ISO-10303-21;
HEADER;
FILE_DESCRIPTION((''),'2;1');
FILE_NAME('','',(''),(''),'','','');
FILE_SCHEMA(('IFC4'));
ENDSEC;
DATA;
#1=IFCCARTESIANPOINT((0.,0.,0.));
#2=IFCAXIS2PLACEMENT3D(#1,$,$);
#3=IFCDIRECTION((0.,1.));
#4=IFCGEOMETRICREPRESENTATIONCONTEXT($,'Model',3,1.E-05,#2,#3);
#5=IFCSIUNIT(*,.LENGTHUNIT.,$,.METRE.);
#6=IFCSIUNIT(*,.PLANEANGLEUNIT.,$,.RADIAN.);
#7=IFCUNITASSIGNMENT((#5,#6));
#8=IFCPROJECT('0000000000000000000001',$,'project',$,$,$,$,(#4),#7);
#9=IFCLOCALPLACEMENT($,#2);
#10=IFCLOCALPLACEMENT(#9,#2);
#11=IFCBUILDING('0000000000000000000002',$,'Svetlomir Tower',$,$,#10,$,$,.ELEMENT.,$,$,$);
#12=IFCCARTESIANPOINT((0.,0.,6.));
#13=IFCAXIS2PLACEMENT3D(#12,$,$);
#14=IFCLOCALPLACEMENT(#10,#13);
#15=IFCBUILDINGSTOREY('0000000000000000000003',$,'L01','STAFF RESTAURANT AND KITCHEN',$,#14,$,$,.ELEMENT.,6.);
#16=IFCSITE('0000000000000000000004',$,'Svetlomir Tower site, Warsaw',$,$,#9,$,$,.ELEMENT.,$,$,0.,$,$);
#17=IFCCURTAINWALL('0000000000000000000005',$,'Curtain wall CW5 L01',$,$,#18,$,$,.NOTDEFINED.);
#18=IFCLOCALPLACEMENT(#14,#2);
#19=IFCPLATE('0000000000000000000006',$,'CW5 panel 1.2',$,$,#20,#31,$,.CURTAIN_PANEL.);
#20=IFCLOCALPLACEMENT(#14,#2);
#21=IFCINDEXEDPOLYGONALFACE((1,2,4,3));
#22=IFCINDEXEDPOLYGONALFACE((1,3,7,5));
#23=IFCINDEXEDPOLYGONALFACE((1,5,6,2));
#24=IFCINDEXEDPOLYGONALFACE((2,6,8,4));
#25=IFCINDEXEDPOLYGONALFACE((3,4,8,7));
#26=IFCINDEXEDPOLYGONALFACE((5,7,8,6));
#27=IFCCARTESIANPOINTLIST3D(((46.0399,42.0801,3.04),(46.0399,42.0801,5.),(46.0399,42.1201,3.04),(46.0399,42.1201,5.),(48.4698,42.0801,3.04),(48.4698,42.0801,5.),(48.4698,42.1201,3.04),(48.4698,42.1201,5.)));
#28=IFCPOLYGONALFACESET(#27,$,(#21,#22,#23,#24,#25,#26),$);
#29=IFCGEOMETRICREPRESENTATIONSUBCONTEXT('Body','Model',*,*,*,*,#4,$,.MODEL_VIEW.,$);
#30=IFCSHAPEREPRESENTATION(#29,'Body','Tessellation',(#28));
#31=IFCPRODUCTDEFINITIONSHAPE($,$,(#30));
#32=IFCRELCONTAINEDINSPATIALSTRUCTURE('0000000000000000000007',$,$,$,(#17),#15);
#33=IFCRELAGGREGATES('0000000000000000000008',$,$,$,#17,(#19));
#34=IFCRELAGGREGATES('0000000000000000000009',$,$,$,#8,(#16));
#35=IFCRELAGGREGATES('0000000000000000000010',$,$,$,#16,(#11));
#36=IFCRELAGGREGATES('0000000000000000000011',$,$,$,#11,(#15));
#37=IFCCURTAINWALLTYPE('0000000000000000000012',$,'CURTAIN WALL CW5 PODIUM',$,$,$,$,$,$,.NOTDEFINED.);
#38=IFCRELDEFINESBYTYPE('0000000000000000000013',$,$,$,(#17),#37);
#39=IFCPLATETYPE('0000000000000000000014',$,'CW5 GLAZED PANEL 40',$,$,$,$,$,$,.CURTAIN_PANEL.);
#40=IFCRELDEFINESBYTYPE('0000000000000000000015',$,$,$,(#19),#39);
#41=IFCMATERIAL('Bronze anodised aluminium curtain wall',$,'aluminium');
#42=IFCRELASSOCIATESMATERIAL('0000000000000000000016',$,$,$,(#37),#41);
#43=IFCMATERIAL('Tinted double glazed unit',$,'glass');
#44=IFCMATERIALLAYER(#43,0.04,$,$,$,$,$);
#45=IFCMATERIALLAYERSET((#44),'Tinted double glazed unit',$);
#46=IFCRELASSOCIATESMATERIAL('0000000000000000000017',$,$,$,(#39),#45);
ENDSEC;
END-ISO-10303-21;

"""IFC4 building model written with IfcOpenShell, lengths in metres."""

from ifc_helpers import new_model, si_unit, direction, frame, origin, origin_2d, place, context, subcontext, project, spatial, rectangle, extrude, material, layer, layer_set, type_object, element, aggregate, save


model = new_model("IFC4")

# Units and contexts
model_context = context("Model", 3, precision=1e-05, world=origin(), true_north=direction((0.0, 1.0)))
body_context = subcontext(model_context, "Body", "Model", "MODEL_VIEW")
ifc_project = project(units=[si_unit("LENGTHUNIT", "METRE"), si_unit("PLANEANGLEUNIT", "RADIAN")], contexts=[model_context])

# Site, building, storey
site_placement = place(None, origin())
site = spatial("IfcSite", under=ifc_project, at=site_placement, Name="Svetlomir Tower site, Warsaw", CompositionType="ELEMENT", RefElevation=0.0)
building_placement = place(site_placement, origin())
building = spatial("IfcBuilding", under=site, at=building_placement, Name="Svetlomir Tower", CompositionType="ELEMENT")
storey_placement = place(building_placement, frame((0.0, 0.0, 6.0)))
storey = spatial("IfcBuildingStorey", under=building, at=storey_placement, Name="L01", Description="STAFF RESTAURANT AND KITCHEN", CompositionType="ELEMENT", Elevation=6.0)

# Curtain wall
ifc_material_1 = material(Name="Bronze anodised aluminium curtain wall", Category="aluminium")
curtain_wall_type = type_object("IfcCurtainWallType", Name="CURTAIN WALL CW5 PODIUM", PredefinedType="NOTDEFINED", material=ifc_material_1)
curtain_wall_1_placement = place(storey_placement, origin())
curtain_wall_1 = element("IfcCurtainWall", 1, at=curtain_wall_1_placement, inside=storey, type_object=curtain_wall_type, Name="Curtain wall CW5 L01", PredefinedType="NOTDEFINED")

# Plate
ifc_material_2 = material(Name="Tinted double glazed unit", Category="glass")
ifc_layer = layer(ifc_material_2, 0.04)
ifc_layer_set = layer_set([ifc_layer], Name="Tinted double glazed unit")
plate_type = type_object("IfcPlateType", Name="CW5 GLAZED PANEL 40", PredefinedType="CURTAIN_PANEL", material=ifc_layer_set)
plate_1_placement = place(storey_placement, frame((47.2549, 42.1001, 3.04), z_axis=(0.0, 0.0, 1.0), x_axis=(-1.0, 0.0, 0.0)))
plate_1 = element("IfcPlate", 2, at=plate_1_placement, type_object=plate_type, Name="CW5 panel 1.2", PredefinedType="CURTAIN_PANEL", context=body_context, shape_type="SweptSolid", body=[
    extrude(rectangle(XDim=2.4299, YDim=0.04, at=origin_2d()), origin(), (0.0, 0.0, 1.0), 1.96),
])
aggregate(curtain_wall_1, [plate_1])

save(model, "model.ifc")
